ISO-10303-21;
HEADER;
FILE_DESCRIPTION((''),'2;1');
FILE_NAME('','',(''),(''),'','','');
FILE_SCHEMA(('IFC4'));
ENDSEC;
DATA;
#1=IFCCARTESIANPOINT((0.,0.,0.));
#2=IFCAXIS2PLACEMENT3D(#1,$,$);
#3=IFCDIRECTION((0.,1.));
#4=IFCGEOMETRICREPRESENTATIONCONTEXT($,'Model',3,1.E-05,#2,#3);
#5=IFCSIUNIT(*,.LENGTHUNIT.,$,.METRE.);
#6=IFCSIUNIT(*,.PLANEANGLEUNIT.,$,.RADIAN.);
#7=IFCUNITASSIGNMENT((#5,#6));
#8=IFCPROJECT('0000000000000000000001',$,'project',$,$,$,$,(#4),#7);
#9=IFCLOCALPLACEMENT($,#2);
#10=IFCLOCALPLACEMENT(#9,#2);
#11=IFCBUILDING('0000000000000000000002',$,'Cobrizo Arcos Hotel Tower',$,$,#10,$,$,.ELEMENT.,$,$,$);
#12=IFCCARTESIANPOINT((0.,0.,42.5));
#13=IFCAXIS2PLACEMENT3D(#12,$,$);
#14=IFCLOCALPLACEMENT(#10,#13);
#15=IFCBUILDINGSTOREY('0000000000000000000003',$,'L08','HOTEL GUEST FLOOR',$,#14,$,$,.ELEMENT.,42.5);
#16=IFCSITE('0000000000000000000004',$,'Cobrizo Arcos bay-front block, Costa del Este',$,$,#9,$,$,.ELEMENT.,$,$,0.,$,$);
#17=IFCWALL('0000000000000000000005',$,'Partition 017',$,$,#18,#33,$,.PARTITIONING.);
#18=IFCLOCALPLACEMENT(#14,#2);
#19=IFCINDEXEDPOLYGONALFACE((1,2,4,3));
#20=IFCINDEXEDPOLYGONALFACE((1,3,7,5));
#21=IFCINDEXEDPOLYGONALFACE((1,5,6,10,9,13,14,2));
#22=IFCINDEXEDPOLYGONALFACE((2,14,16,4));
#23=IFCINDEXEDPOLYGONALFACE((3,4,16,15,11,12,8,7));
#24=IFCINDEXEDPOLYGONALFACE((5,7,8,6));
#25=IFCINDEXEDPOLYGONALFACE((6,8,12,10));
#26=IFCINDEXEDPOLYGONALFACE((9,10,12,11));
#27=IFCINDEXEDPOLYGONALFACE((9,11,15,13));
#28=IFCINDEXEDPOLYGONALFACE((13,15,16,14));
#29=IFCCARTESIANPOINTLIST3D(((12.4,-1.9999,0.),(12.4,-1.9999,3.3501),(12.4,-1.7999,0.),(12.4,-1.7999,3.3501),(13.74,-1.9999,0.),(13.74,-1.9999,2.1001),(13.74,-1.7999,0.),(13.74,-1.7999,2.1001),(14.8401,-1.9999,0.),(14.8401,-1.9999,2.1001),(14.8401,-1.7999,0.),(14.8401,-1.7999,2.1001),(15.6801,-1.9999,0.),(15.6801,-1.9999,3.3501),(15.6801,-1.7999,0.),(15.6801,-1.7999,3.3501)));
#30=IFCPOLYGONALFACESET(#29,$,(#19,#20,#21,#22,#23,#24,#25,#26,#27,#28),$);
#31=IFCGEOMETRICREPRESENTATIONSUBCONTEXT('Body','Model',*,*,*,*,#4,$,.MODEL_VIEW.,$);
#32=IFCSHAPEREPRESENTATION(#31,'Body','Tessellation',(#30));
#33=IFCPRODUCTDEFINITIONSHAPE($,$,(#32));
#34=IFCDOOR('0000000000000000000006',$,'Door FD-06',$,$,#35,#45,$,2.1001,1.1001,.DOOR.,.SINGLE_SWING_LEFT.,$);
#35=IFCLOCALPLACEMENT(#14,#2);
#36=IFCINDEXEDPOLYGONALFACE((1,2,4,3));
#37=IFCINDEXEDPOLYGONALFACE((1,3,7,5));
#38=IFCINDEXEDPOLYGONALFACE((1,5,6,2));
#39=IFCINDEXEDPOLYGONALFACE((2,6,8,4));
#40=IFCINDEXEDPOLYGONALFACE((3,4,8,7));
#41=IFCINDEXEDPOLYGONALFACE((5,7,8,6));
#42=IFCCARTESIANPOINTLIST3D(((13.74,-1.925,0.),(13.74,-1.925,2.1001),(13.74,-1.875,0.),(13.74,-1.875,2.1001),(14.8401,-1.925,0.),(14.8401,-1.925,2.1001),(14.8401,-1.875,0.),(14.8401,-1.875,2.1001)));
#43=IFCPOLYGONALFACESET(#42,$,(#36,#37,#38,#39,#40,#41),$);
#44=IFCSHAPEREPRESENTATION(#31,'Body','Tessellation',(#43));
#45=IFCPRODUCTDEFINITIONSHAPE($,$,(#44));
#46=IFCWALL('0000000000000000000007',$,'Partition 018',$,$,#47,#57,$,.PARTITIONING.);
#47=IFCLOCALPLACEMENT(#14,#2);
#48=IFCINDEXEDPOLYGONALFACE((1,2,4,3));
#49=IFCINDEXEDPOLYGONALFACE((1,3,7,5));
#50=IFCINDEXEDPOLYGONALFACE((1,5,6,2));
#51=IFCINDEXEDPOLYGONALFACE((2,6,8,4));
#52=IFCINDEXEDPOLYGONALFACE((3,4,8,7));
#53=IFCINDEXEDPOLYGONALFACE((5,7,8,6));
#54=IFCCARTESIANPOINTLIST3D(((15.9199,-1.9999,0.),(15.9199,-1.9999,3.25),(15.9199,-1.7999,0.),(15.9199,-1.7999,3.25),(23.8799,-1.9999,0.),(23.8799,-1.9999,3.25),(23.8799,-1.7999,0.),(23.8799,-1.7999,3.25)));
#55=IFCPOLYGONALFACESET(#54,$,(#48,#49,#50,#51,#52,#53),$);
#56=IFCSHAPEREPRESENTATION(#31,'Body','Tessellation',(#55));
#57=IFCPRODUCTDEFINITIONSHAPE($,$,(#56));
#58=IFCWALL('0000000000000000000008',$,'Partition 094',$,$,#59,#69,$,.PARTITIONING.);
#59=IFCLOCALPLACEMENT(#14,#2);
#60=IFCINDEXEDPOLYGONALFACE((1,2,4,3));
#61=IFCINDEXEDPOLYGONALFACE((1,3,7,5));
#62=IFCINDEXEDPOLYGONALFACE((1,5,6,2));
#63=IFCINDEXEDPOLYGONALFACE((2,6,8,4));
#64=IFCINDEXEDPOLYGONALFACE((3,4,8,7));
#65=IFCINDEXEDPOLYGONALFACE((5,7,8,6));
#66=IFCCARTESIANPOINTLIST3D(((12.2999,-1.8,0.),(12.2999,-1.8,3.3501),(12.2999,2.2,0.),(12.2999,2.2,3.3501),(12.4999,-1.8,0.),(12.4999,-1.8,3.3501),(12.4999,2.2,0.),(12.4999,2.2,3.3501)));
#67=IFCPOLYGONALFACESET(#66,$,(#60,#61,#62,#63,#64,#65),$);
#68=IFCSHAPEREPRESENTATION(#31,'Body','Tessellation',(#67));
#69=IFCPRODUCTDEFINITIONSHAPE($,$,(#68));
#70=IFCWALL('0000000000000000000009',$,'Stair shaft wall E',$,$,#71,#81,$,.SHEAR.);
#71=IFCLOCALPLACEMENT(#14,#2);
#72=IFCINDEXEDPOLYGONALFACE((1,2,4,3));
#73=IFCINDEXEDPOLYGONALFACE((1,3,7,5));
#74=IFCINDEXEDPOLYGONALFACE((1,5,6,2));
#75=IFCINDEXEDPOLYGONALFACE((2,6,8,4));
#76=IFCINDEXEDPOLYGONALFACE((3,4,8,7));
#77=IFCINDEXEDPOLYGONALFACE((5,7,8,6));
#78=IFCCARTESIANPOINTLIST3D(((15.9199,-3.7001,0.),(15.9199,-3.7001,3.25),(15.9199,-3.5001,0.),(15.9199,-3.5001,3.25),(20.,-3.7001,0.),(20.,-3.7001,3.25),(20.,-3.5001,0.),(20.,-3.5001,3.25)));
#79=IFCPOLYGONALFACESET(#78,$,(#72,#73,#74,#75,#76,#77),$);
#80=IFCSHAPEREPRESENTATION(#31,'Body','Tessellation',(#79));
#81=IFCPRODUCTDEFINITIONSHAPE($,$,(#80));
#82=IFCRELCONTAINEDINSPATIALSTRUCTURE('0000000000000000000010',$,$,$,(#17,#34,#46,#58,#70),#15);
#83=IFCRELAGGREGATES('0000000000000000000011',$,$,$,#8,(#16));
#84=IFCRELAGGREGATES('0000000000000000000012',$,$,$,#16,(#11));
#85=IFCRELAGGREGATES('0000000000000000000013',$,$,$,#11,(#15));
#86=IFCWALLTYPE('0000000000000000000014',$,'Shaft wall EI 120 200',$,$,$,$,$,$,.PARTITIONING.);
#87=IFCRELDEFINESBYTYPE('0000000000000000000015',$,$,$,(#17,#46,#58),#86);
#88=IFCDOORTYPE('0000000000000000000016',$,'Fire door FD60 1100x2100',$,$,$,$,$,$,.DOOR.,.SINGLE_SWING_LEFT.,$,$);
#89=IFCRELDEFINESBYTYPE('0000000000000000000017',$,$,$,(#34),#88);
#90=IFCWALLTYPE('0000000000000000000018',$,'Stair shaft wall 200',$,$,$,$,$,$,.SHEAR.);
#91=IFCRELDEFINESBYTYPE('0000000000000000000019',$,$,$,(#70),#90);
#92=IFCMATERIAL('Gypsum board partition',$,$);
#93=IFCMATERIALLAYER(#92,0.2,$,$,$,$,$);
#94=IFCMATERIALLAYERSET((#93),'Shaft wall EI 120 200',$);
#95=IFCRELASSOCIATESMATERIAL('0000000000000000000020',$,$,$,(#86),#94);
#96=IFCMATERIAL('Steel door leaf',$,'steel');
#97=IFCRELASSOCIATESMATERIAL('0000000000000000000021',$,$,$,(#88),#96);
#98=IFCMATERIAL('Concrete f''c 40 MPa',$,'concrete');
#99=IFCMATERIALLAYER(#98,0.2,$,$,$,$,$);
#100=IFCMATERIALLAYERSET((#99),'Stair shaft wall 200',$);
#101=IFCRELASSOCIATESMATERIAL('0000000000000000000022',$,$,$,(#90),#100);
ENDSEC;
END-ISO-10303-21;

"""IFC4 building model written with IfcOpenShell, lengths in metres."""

from ifc_helpers import new_model, si_unit, direction, frame, frame_2d, origin, place, context, subcontext, project, spatial, rectangle, extrude, material, layer, layer_set, type_object, element, fill, save


model = new_model("IFC4")

# Units and contexts
model_context = context("Model", 3, precision=1e-05, world=origin(), true_north=direction((0.0, 1.0)))
body_context = subcontext(model_context, "Body", "Model", "MODEL_VIEW")
ifc_project = project(units=[si_unit("LENGTHUNIT", "METRE"), si_unit("PLANEANGLEUNIT", "RADIAN")], contexts=[model_context])

# Site, building, storey
site_placement = place(None, origin())
site = spatial("IfcSite", under=ifc_project, at=site_placement, Name="Cobrizo Arcos bay-front block, Costa del Este", CompositionType="ELEMENT", RefElevation=0.0)
building_placement = place(site_placement, origin())
building = spatial("IfcBuilding", under=site, at=building_placement, Name="Cobrizo Arcos Hotel Tower", CompositionType="ELEMENT")
storey_placement = place(building_placement, frame((0.0, 0.0, 42.5)))
storey = spatial("IfcBuildingStorey", under=building, at=storey_placement, Name="L08", Description="HOTEL GUEST FLOOR", CompositionType="ELEMENT", Elevation=42.5)

# Shared definitions
ifc_material_1 = material(Name="Gypsum board partition")

# Wall, opening, door
ifc_layer_1 = layer(ifc_material_1, 0.2)
ifc_layer_set_1 = layer_set([ifc_layer_1], Name="Shaft wall EI 120 200")
wall_type_1 = type_object("IfcWallType", Name="Shaft wall EI 120 200", PredefinedType="PARTITIONING", material=ifc_layer_set_1)
wall_1_placement = place(storey_placement, frame((12.3999, -1.8999, 0.0), z_axis=(0.0, 0.0, 1.0), x_axis=(1.0, 0.0, 0.0)))
wall_1 = element("IfcWall", 1, at=wall_1_placement, inside=storey, type_object=wall_type_1, Name="Partition 017", PredefinedType="PARTITIONING", context=body_context, shape_type="SweptSolid", body=[
    extrude(rectangle(XDim=3.28, YDim=0.2, at=frame_2d((1.6401, 0.0))), origin(), (0.0, 0.0, 1.0), 3.3501),
])
opening_1_placement = place(wall_1_placement, frame((1.3401, 0.0, 0.0)))
opening_1 = element("IfcOpeningElement", 2, at=opening_1_placement, cuts=wall_1, PredefinedType="OPENING", context=body_context, shape_type="SweptSolid", body=[
    extrude(rectangle(XDim=1.1001, YDim=2.1001, at=frame_2d((0.55, 1.05))), frame((0.0, 0.1121, 0.0), z_axis=(0.0, -1.0, 0.0), x_axis=(1.0, 0.0, 0.0)), (0.0, 0.0, 1.0), 0.2239),
])
ifc_material_2 = material(Name="Steel door leaf", Category="steel")
door_type_1 = type_object("IfcDoorType", Name="Fire door FD60 1100x2100", OperationType="SINGLE_SWING_LEFT", PredefinedType="DOOR", material=ifc_material_2)
door_1_placement = place(opening_1_placement, origin())
door_1 = element("IfcDoor", 3, at=door_1_placement, inside=storey, type_object=door_type_1, Name="Door FD-06", OperationType="SINGLE_SWING_LEFT", OverallHeight=2.1001, OverallWidth=1.1001, PredefinedType="DOOR", context=body_context, shape_type="SweptSolid", body=[
    extrude(rectangle(XDim=1.1001, YDim=2.1001, at=frame_2d((0.55, 1.05))), frame((0.0, 0.0249, 0.0), z_axis=(0.0, -1.0, 0.0), x_axis=(1.0, 0.0, 0.0)), (0.0, 0.0, 1.0), 0.05),
])
fill(opening_1, door_1)

# Walls
wall_2_placement = place(storey_placement, frame((15.9199, -1.8999, 0.0), z_axis=(0.0, 0.0, 1.0), x_axis=(1.0, 0.0, 0.0)))
element("IfcWall", 4, at=wall_2_placement, inside=storey, type_object=wall_type_1, Name="Partition 018", PredefinedType="PARTITIONING", context=body_context, shape_type="SweptSolid", body=[
    extrude(rectangle(XDim=7.96, YDim=0.2, at=frame_2d((3.98, 0.0))), origin(), (0.0, 0.0, 1.0), 3.25),
])
wall_3_placement = place(storey_placement, frame((12.3999, -1.8, 0.0), z_axis=(0.0, 0.0, 1.0), x_axis=(0.0, 1.0, 0.0)))
element("IfcWall", 5, at=wall_3_placement, inside=storey, type_object=wall_type_1, Name="Partition 094", PredefinedType="PARTITIONING", context=body_context, shape_type="SweptSolid", body=[
    extrude(rectangle(XDim=4.0, YDim=0.2, at=frame_2d((2.0, 0.0))), origin(), (0.0, 0.0, 1.0), 3.3501),
])
ifc_material_3 = material(Name="Concrete f'c 40 MPa", Category="concrete")
ifc_layer_2 = layer(ifc_material_3, 0.2)
ifc_layer_set_2 = layer_set([ifc_layer_2], Name="Stair shaft wall 200")
wall_type_2 = type_object("IfcWallType", Name="Stair shaft wall 200", PredefinedType="SHEAR", material=ifc_layer_set_2)
wall_4_placement = place(storey_placement, frame((15.9199, -3.6001, 0.0), z_axis=(0.0, 0.0, 1.0), x_axis=(1.0, 0.0, 0.0)))
element("IfcWall", 6, at=wall_4_placement, inside=storey, type_object=wall_type_2, Name="Stair shaft wall E", PredefinedType="SHEAR", context=body_context, shape_type="SweptSolid", body=[
    extrude(rectangle(XDim=4.0801, YDim=0.2, at=frame_2d((2.04, 0.0))), origin(), (0.0, 0.0, 1.0), 3.25),
])

save(model, "model.ifc")
